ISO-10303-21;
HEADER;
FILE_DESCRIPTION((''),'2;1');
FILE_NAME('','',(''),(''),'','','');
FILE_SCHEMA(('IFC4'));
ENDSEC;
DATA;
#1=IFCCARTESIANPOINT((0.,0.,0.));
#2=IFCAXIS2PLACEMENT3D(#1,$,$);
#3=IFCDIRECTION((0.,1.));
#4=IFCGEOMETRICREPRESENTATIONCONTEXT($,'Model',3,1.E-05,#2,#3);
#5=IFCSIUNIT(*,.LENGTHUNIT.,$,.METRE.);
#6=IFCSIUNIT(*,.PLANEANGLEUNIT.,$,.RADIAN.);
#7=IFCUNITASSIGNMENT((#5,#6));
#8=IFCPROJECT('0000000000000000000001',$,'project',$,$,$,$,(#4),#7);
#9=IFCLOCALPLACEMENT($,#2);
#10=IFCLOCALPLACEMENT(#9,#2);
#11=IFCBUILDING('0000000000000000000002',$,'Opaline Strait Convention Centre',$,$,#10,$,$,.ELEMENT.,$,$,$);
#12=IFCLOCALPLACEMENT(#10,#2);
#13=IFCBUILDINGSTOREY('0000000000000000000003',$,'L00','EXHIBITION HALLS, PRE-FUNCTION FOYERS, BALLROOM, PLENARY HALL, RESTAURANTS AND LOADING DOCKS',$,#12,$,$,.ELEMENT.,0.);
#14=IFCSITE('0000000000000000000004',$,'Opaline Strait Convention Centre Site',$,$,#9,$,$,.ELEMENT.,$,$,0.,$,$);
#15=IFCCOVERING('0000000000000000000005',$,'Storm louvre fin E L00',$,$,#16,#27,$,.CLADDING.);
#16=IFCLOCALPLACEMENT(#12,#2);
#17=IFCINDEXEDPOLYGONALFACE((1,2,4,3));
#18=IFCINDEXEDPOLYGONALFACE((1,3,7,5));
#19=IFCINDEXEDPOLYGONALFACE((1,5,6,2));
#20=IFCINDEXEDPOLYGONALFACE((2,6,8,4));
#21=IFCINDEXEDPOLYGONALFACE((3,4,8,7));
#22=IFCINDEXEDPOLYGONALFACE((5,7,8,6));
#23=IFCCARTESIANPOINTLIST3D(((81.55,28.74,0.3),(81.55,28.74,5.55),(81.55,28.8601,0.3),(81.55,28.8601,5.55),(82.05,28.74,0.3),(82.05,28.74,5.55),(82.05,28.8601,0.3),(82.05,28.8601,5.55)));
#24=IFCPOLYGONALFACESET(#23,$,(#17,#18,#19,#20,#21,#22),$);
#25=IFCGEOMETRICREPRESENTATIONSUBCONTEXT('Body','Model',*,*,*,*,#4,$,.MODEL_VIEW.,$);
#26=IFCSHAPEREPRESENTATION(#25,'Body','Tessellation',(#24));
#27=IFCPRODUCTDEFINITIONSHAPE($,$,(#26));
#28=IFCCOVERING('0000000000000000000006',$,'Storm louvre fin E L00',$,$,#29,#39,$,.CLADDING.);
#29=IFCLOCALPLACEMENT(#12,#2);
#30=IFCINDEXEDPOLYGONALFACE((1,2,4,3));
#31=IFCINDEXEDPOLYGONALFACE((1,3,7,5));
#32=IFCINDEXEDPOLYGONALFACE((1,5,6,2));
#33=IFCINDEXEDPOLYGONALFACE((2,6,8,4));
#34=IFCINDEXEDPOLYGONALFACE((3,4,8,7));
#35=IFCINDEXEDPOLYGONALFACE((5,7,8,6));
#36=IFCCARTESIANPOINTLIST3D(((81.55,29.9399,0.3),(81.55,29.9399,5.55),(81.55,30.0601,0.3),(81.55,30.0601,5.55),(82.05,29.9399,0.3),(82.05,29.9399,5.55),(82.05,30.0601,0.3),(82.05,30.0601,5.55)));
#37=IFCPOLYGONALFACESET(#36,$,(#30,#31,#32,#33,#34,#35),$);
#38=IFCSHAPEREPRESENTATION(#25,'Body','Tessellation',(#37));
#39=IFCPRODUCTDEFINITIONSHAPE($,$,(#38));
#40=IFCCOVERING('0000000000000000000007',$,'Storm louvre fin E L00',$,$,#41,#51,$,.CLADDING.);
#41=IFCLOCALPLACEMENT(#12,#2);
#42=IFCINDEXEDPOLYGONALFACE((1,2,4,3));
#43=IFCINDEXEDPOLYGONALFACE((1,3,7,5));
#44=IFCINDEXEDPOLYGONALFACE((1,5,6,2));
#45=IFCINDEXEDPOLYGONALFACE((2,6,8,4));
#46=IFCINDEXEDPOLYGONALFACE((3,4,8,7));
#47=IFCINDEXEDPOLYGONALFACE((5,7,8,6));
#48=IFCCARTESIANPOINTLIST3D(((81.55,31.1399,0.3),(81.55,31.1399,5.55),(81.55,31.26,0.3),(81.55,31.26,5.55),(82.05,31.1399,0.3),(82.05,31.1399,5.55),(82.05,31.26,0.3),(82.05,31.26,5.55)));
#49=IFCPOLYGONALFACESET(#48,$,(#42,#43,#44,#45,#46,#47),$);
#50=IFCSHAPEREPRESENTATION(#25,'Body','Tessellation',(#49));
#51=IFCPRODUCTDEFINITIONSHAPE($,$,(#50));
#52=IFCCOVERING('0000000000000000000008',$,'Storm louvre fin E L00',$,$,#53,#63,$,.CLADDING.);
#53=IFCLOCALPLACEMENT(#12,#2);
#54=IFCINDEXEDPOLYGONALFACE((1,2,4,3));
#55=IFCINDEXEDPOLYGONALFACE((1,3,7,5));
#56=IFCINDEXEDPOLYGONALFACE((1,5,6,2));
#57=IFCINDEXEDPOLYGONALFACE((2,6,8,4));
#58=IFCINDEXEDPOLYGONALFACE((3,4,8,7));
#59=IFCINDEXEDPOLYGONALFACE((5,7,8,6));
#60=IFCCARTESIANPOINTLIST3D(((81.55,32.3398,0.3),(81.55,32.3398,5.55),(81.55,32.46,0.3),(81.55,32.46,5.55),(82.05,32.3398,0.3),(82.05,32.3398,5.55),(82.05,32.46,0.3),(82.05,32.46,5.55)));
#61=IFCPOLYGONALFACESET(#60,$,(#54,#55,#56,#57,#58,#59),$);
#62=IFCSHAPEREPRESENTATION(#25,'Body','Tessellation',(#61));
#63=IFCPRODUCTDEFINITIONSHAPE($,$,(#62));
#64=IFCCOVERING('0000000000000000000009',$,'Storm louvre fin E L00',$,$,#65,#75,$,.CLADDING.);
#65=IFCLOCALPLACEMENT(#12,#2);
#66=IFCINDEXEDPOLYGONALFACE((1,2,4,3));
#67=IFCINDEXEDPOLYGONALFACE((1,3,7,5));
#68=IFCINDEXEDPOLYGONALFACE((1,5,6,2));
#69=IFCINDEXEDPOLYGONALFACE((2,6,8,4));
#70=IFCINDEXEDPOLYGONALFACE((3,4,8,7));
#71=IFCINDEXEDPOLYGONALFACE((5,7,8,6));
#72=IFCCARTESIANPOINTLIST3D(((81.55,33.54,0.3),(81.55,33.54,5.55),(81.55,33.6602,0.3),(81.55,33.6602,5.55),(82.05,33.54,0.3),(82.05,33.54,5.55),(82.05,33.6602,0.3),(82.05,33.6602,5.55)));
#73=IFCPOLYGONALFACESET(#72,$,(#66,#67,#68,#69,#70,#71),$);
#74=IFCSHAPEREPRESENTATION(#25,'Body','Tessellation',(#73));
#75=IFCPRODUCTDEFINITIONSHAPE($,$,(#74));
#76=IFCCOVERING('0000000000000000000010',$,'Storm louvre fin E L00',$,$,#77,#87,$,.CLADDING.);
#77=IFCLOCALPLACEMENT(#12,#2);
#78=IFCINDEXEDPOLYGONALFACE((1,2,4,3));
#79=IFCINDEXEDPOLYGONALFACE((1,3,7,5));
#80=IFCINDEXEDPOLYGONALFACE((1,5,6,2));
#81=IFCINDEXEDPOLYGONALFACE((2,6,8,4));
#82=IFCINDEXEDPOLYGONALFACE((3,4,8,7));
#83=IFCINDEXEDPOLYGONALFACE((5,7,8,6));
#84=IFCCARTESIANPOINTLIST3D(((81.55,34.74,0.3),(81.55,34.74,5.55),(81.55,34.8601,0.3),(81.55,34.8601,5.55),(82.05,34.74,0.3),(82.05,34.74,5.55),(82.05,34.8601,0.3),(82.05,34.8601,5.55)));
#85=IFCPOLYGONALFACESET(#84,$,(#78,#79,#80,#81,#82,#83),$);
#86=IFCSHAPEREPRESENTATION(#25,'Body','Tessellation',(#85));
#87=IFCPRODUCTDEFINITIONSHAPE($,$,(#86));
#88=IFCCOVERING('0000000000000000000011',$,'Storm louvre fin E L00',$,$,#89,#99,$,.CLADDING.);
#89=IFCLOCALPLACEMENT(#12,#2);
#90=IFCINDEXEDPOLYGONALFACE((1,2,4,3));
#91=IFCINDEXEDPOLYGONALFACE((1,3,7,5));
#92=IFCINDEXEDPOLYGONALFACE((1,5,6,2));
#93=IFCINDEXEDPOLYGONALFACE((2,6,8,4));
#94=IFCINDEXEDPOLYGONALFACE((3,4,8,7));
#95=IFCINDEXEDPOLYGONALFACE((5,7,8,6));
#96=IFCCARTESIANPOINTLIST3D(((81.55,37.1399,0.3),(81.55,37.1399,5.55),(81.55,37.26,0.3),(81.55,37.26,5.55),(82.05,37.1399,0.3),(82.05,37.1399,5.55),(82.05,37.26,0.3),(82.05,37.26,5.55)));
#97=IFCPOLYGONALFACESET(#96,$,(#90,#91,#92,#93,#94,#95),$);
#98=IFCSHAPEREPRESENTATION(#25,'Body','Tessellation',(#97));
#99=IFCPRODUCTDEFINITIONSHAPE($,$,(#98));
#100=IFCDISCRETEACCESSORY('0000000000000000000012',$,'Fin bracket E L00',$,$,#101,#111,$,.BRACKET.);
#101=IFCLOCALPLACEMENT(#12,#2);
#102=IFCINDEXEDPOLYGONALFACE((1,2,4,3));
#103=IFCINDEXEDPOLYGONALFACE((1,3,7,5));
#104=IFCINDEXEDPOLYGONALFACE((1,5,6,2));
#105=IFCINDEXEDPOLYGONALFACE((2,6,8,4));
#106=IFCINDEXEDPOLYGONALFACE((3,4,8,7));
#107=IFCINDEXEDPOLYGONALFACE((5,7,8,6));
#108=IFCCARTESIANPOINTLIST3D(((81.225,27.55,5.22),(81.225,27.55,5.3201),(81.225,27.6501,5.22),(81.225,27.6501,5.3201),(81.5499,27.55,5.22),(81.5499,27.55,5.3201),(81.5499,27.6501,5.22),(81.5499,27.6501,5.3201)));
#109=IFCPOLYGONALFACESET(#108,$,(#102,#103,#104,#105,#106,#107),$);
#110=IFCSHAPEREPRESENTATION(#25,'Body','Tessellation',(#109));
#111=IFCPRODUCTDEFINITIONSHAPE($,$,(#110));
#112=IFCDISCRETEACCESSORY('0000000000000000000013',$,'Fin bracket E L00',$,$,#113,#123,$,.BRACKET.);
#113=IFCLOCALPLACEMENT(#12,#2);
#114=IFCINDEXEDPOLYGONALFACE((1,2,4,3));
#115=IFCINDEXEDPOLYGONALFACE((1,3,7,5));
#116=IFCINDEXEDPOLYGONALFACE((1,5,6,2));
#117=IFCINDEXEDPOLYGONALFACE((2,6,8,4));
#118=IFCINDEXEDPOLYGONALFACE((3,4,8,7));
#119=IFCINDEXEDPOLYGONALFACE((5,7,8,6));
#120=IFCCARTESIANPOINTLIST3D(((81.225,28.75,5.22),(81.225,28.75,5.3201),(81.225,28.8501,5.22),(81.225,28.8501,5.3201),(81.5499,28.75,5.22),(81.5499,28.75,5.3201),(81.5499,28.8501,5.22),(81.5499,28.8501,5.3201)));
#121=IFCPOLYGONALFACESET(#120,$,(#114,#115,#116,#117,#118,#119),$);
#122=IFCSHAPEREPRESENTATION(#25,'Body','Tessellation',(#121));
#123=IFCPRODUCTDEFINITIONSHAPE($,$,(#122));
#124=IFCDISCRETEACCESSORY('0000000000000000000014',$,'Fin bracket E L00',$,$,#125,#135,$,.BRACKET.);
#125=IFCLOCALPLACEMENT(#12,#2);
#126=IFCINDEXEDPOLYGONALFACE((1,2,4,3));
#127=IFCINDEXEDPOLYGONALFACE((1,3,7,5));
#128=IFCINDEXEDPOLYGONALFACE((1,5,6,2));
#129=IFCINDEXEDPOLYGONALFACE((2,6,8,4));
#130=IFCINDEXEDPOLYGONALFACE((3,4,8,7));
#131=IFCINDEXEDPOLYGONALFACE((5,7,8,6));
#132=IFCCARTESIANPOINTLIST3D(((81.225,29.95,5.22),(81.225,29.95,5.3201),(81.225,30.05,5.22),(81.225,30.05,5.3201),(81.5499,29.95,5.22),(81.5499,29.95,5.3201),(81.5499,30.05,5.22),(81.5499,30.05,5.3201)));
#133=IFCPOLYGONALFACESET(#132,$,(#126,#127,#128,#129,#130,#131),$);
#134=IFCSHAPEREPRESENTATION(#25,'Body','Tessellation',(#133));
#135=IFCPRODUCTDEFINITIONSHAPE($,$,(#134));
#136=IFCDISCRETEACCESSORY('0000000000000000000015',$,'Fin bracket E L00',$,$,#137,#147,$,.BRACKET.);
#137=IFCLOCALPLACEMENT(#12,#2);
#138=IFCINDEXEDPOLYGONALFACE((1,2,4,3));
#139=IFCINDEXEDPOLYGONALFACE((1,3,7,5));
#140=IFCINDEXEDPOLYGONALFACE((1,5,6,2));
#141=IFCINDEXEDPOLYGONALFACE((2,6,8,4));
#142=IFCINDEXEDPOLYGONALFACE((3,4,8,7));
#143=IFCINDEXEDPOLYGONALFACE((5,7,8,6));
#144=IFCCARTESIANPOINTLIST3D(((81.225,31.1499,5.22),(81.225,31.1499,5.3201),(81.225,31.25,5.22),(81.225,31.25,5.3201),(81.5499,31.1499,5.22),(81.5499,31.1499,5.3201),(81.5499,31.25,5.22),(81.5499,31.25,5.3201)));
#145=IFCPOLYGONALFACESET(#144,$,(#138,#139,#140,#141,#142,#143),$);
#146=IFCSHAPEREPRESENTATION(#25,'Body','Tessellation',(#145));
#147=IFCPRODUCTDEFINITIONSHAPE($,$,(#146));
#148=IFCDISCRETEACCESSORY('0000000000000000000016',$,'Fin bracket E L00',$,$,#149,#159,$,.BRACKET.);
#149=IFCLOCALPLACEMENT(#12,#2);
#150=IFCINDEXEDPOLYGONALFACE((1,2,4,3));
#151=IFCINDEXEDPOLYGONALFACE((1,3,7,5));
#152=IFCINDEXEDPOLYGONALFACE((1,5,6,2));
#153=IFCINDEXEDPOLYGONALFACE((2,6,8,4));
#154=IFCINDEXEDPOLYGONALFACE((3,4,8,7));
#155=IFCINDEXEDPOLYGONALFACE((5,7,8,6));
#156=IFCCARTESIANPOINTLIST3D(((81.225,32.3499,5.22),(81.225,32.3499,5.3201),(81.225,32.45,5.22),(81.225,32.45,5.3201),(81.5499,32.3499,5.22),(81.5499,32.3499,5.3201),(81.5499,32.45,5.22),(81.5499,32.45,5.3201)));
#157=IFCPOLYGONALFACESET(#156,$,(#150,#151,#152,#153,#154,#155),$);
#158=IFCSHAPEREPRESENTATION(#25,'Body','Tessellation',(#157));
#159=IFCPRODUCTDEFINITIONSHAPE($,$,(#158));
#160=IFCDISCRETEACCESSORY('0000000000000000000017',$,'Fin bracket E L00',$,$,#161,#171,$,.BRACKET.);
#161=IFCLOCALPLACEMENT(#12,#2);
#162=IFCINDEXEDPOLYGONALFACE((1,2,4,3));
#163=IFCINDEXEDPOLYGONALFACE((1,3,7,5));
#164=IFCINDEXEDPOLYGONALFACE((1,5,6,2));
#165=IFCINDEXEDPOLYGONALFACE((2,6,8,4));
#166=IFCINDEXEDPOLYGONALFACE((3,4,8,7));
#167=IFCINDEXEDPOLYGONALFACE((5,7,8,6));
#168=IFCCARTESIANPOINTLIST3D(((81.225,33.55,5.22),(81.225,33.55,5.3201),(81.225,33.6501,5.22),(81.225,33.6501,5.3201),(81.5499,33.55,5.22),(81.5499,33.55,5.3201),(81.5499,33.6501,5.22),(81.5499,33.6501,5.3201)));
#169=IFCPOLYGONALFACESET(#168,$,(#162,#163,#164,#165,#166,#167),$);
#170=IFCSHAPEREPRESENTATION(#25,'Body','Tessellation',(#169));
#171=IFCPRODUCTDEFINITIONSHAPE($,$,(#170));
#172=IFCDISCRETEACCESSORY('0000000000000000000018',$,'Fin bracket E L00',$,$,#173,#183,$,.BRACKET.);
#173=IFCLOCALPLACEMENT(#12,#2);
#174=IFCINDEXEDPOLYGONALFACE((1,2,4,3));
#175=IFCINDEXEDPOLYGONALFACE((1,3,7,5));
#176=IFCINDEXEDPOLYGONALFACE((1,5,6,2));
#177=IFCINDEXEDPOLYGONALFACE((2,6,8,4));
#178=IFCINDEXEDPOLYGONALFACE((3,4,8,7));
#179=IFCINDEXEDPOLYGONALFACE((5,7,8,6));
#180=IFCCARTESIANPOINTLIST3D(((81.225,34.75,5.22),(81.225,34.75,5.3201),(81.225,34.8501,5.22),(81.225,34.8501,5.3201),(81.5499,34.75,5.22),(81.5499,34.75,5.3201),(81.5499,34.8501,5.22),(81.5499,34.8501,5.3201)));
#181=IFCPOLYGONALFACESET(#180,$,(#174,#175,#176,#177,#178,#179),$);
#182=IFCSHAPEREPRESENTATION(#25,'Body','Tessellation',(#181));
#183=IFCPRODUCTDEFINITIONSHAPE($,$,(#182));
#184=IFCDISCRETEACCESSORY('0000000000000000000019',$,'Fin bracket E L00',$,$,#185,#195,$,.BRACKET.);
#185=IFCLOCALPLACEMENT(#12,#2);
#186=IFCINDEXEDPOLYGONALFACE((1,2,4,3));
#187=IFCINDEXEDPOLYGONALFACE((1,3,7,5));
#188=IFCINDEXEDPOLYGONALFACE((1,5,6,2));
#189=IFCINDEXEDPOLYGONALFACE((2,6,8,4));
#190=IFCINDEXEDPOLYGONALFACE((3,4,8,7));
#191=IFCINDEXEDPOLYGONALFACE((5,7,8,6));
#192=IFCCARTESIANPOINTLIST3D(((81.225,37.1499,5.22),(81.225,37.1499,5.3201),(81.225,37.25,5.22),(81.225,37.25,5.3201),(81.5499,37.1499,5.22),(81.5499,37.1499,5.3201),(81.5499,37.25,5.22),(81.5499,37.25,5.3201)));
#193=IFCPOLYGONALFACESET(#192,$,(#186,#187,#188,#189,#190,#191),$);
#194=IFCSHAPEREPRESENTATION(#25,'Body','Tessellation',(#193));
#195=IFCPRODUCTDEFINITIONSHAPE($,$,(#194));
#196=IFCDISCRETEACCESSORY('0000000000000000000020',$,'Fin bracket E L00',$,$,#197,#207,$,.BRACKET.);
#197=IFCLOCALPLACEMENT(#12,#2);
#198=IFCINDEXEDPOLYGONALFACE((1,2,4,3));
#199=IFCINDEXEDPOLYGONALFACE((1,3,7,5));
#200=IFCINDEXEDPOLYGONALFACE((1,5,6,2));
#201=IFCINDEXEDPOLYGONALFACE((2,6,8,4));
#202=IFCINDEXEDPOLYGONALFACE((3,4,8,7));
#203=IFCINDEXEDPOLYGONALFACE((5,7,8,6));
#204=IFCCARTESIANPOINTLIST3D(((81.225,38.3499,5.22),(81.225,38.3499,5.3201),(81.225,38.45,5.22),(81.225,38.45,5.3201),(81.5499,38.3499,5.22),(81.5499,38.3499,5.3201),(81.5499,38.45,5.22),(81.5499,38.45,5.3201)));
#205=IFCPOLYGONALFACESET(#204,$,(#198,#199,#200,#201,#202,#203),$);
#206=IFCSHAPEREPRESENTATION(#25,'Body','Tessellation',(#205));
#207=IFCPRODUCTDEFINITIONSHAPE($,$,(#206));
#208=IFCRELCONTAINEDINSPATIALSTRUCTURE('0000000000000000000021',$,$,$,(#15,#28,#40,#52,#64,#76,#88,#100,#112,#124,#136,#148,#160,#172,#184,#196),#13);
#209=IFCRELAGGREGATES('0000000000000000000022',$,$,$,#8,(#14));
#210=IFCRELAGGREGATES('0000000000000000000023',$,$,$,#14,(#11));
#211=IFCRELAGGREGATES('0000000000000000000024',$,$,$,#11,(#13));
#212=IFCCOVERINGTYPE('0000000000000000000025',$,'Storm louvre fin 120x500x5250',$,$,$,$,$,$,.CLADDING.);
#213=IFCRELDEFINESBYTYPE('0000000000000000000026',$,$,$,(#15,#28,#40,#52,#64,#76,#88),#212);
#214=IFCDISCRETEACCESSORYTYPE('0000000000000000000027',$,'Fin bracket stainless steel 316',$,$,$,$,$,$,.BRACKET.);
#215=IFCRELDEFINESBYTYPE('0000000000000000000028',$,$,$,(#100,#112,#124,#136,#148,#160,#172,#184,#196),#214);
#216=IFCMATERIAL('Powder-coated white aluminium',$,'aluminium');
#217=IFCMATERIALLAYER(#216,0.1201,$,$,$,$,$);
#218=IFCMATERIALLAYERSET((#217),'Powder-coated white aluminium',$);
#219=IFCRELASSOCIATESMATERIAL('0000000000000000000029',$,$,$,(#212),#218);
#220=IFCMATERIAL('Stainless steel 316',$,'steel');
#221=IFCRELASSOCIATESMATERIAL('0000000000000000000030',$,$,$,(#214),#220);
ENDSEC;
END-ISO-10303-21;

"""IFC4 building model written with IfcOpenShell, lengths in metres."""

from ifc_helpers import new_model, si_unit, direction, frame, origin, origin_2d, place, context, subcontext, project, spatial, rectangle, extrude, material, layer, layer_set, type_object, element, save


model = new_model("IFC4")

# Units and contexts
model_context = context("Model", 3, precision=1e-05, world=origin(), true_north=direction((0.0, 1.0)))
body_context = subcontext(model_context, "Body", "Model", "MODEL_VIEW")
ifc_project = project(units=[si_unit("LENGTHUNIT", "METRE"), si_unit("PLANEANGLEUNIT", "RADIAN")], contexts=[model_context])

# Site, building, storey
site_placement = place(None, origin())
site = spatial("IfcSite", under=ifc_project, at=site_placement, Name="Opaline Strait Convention Centre Site", CompositionType="ELEMENT", RefElevation=0.0)
building_placement = place(site_placement, origin())
building = spatial("IfcBuilding", under=site, at=building_placement, Name="Opaline Strait Convention Centre", CompositionType="ELEMENT")
storey_placement = place(building_placement, origin())
storey = spatial("IfcBuildingStorey", under=building, at=storey_placement, Name="L00", Description="EXHIBITION HALLS, PRE-FUNCTION FOYERS, BALLROOM, PLENARY HALL, RESTAURANTS AND LOADING DOCKS", CompositionType="ELEMENT", Elevation=0.0)

# Coverings
ifc_material_1 = material(Name="Powder-coated white aluminium", Category="aluminium")
ifc_layer_1 = layer(ifc_material_1, 0.1201)
ifc_layer_set_1 = layer_set([ifc_layer_1], Name="Powder-coated white aluminium")
covering_type = type_object("IfcCoveringType", Name="Storm louvre fin 120x500x5250", PredefinedType="CLADDING", material=ifc_layer_set_1)
for number, where, z_axis, x_axis, name in (
    (1, (81.8, 28.8, 0.3), (0.0, 0.0, 1.0), (1.0, 0.0, 0.0), "Storm louvre fin E L00"),
    (2, (81.8, 30.0, 0.3), (0.0, 0.0, 1.0), (1.0, 0.0, 0.0), "Storm louvre fin E L00"),
    (3, (81.8, 31.2, 0.3), (0.0, 0.0, 1.0), (1.0, 0.0, 0.0), "Storm louvre fin E L00"),
    (4, (81.8, 32.3999, 0.3), (0.0, 0.0, 1.0), (1.0, 0.0, 0.0), "Storm louvre fin E L00"),
    (5, (81.8, 33.6001, 0.3), (0.0, 0.0, 1.0), (1.0, 0.0, 0.0), "Storm louvre fin E L00"),
    (6, (81.8, 34.8, 0.3), (0.0, 0.0, 1.0), (1.0, 0.0, 0.0), "Storm louvre fin E L00"),
    (7, (81.8, 37.2, 0.3), (0.0, 0.0, 1.0), (1.0, 0.0, 0.0), "Storm louvre fin E L00"),
):
    element("IfcCovering", number, at=place(storey_placement, frame(where, z_axis=z_axis, x_axis=x_axis)), inside=storey, type_object=covering_type, Name=name, PredefinedType="CLADDING", context=body_context, shape_type="SweptSolid", body=[
        extrude(rectangle(XDim=0.5, YDim=0.1201, at=origin_2d()), origin(), (0.0, 0.0, 1.0), 5.25),
    ])

# Discrete accessories
ifc_material_2 = material(Name="Stainless steel 316", Category="steel")
discrete_accessory_type = type_object("IfcDiscreteAccessoryType", Name="Fin bracket stainless steel 316", PredefinedType="BRACKET", material=ifc_material_2)
for number, where, z_axis, x_axis, name in (
    (8, (81.3875, 27.6001, 5.22), (0.0, 0.0, 1.0), (1.0, 0.0, 0.0), "Fin bracket E L00"),
    (9, (81.3875, 28.8, 5.22), (0.0, 0.0, 1.0), (1.0, 0.0, 0.0), "Fin bracket E L00"),
    (10, (81.3875, 30.0, 5.22), (0.0, 0.0, 1.0), (1.0, 0.0, 0.0), "Fin bracket E L00"),
    (11, (81.3875, 31.2, 5.22), (0.0, 0.0, 1.0), (1.0, 0.0, 0.0), "Fin bracket E L00"),
    (12, (81.3875, 32.3999, 5.22), (0.0, 0.0, 1.0), (1.0, 0.0, 0.0), "Fin bracket E L00"),
    (13, (81.3875, 33.6001, 5.22), (0.0, 0.0, 1.0), (1.0, 0.0, 0.0), "Fin bracket E L00"),
    (14, (81.3875, 34.8, 5.22), (0.0, 0.0, 1.0), (1.0, 0.0, 0.0), "Fin bracket E L00"),
    (15, (81.3875, 37.2, 5.22), (0.0, 0.0, 1.0), (1.0, 0.0, 0.0), "Fin bracket E L00"),
    (16, (81.3875, 38.3999, 5.22), (0.0, 0.0, 1.0), (1.0, 0.0, 0.0), "Fin bracket E L00"),
):
    element("IfcDiscreteAccessory", number, at=place(storey_placement, frame(where, z_axis=z_axis, x_axis=x_axis)), inside=storey, type_object=discrete_accessory_type, Name=name, PredefinedType="BRACKET", context=body_context, shape_type="SweptSolid", body=[
        extrude(rectangle(XDim=0.325, YDim=0.1001, at=origin_2d()), origin(), (0.0, 0.0, 1.0), 0.1001),
    ])

save(model, "model.ifc")
